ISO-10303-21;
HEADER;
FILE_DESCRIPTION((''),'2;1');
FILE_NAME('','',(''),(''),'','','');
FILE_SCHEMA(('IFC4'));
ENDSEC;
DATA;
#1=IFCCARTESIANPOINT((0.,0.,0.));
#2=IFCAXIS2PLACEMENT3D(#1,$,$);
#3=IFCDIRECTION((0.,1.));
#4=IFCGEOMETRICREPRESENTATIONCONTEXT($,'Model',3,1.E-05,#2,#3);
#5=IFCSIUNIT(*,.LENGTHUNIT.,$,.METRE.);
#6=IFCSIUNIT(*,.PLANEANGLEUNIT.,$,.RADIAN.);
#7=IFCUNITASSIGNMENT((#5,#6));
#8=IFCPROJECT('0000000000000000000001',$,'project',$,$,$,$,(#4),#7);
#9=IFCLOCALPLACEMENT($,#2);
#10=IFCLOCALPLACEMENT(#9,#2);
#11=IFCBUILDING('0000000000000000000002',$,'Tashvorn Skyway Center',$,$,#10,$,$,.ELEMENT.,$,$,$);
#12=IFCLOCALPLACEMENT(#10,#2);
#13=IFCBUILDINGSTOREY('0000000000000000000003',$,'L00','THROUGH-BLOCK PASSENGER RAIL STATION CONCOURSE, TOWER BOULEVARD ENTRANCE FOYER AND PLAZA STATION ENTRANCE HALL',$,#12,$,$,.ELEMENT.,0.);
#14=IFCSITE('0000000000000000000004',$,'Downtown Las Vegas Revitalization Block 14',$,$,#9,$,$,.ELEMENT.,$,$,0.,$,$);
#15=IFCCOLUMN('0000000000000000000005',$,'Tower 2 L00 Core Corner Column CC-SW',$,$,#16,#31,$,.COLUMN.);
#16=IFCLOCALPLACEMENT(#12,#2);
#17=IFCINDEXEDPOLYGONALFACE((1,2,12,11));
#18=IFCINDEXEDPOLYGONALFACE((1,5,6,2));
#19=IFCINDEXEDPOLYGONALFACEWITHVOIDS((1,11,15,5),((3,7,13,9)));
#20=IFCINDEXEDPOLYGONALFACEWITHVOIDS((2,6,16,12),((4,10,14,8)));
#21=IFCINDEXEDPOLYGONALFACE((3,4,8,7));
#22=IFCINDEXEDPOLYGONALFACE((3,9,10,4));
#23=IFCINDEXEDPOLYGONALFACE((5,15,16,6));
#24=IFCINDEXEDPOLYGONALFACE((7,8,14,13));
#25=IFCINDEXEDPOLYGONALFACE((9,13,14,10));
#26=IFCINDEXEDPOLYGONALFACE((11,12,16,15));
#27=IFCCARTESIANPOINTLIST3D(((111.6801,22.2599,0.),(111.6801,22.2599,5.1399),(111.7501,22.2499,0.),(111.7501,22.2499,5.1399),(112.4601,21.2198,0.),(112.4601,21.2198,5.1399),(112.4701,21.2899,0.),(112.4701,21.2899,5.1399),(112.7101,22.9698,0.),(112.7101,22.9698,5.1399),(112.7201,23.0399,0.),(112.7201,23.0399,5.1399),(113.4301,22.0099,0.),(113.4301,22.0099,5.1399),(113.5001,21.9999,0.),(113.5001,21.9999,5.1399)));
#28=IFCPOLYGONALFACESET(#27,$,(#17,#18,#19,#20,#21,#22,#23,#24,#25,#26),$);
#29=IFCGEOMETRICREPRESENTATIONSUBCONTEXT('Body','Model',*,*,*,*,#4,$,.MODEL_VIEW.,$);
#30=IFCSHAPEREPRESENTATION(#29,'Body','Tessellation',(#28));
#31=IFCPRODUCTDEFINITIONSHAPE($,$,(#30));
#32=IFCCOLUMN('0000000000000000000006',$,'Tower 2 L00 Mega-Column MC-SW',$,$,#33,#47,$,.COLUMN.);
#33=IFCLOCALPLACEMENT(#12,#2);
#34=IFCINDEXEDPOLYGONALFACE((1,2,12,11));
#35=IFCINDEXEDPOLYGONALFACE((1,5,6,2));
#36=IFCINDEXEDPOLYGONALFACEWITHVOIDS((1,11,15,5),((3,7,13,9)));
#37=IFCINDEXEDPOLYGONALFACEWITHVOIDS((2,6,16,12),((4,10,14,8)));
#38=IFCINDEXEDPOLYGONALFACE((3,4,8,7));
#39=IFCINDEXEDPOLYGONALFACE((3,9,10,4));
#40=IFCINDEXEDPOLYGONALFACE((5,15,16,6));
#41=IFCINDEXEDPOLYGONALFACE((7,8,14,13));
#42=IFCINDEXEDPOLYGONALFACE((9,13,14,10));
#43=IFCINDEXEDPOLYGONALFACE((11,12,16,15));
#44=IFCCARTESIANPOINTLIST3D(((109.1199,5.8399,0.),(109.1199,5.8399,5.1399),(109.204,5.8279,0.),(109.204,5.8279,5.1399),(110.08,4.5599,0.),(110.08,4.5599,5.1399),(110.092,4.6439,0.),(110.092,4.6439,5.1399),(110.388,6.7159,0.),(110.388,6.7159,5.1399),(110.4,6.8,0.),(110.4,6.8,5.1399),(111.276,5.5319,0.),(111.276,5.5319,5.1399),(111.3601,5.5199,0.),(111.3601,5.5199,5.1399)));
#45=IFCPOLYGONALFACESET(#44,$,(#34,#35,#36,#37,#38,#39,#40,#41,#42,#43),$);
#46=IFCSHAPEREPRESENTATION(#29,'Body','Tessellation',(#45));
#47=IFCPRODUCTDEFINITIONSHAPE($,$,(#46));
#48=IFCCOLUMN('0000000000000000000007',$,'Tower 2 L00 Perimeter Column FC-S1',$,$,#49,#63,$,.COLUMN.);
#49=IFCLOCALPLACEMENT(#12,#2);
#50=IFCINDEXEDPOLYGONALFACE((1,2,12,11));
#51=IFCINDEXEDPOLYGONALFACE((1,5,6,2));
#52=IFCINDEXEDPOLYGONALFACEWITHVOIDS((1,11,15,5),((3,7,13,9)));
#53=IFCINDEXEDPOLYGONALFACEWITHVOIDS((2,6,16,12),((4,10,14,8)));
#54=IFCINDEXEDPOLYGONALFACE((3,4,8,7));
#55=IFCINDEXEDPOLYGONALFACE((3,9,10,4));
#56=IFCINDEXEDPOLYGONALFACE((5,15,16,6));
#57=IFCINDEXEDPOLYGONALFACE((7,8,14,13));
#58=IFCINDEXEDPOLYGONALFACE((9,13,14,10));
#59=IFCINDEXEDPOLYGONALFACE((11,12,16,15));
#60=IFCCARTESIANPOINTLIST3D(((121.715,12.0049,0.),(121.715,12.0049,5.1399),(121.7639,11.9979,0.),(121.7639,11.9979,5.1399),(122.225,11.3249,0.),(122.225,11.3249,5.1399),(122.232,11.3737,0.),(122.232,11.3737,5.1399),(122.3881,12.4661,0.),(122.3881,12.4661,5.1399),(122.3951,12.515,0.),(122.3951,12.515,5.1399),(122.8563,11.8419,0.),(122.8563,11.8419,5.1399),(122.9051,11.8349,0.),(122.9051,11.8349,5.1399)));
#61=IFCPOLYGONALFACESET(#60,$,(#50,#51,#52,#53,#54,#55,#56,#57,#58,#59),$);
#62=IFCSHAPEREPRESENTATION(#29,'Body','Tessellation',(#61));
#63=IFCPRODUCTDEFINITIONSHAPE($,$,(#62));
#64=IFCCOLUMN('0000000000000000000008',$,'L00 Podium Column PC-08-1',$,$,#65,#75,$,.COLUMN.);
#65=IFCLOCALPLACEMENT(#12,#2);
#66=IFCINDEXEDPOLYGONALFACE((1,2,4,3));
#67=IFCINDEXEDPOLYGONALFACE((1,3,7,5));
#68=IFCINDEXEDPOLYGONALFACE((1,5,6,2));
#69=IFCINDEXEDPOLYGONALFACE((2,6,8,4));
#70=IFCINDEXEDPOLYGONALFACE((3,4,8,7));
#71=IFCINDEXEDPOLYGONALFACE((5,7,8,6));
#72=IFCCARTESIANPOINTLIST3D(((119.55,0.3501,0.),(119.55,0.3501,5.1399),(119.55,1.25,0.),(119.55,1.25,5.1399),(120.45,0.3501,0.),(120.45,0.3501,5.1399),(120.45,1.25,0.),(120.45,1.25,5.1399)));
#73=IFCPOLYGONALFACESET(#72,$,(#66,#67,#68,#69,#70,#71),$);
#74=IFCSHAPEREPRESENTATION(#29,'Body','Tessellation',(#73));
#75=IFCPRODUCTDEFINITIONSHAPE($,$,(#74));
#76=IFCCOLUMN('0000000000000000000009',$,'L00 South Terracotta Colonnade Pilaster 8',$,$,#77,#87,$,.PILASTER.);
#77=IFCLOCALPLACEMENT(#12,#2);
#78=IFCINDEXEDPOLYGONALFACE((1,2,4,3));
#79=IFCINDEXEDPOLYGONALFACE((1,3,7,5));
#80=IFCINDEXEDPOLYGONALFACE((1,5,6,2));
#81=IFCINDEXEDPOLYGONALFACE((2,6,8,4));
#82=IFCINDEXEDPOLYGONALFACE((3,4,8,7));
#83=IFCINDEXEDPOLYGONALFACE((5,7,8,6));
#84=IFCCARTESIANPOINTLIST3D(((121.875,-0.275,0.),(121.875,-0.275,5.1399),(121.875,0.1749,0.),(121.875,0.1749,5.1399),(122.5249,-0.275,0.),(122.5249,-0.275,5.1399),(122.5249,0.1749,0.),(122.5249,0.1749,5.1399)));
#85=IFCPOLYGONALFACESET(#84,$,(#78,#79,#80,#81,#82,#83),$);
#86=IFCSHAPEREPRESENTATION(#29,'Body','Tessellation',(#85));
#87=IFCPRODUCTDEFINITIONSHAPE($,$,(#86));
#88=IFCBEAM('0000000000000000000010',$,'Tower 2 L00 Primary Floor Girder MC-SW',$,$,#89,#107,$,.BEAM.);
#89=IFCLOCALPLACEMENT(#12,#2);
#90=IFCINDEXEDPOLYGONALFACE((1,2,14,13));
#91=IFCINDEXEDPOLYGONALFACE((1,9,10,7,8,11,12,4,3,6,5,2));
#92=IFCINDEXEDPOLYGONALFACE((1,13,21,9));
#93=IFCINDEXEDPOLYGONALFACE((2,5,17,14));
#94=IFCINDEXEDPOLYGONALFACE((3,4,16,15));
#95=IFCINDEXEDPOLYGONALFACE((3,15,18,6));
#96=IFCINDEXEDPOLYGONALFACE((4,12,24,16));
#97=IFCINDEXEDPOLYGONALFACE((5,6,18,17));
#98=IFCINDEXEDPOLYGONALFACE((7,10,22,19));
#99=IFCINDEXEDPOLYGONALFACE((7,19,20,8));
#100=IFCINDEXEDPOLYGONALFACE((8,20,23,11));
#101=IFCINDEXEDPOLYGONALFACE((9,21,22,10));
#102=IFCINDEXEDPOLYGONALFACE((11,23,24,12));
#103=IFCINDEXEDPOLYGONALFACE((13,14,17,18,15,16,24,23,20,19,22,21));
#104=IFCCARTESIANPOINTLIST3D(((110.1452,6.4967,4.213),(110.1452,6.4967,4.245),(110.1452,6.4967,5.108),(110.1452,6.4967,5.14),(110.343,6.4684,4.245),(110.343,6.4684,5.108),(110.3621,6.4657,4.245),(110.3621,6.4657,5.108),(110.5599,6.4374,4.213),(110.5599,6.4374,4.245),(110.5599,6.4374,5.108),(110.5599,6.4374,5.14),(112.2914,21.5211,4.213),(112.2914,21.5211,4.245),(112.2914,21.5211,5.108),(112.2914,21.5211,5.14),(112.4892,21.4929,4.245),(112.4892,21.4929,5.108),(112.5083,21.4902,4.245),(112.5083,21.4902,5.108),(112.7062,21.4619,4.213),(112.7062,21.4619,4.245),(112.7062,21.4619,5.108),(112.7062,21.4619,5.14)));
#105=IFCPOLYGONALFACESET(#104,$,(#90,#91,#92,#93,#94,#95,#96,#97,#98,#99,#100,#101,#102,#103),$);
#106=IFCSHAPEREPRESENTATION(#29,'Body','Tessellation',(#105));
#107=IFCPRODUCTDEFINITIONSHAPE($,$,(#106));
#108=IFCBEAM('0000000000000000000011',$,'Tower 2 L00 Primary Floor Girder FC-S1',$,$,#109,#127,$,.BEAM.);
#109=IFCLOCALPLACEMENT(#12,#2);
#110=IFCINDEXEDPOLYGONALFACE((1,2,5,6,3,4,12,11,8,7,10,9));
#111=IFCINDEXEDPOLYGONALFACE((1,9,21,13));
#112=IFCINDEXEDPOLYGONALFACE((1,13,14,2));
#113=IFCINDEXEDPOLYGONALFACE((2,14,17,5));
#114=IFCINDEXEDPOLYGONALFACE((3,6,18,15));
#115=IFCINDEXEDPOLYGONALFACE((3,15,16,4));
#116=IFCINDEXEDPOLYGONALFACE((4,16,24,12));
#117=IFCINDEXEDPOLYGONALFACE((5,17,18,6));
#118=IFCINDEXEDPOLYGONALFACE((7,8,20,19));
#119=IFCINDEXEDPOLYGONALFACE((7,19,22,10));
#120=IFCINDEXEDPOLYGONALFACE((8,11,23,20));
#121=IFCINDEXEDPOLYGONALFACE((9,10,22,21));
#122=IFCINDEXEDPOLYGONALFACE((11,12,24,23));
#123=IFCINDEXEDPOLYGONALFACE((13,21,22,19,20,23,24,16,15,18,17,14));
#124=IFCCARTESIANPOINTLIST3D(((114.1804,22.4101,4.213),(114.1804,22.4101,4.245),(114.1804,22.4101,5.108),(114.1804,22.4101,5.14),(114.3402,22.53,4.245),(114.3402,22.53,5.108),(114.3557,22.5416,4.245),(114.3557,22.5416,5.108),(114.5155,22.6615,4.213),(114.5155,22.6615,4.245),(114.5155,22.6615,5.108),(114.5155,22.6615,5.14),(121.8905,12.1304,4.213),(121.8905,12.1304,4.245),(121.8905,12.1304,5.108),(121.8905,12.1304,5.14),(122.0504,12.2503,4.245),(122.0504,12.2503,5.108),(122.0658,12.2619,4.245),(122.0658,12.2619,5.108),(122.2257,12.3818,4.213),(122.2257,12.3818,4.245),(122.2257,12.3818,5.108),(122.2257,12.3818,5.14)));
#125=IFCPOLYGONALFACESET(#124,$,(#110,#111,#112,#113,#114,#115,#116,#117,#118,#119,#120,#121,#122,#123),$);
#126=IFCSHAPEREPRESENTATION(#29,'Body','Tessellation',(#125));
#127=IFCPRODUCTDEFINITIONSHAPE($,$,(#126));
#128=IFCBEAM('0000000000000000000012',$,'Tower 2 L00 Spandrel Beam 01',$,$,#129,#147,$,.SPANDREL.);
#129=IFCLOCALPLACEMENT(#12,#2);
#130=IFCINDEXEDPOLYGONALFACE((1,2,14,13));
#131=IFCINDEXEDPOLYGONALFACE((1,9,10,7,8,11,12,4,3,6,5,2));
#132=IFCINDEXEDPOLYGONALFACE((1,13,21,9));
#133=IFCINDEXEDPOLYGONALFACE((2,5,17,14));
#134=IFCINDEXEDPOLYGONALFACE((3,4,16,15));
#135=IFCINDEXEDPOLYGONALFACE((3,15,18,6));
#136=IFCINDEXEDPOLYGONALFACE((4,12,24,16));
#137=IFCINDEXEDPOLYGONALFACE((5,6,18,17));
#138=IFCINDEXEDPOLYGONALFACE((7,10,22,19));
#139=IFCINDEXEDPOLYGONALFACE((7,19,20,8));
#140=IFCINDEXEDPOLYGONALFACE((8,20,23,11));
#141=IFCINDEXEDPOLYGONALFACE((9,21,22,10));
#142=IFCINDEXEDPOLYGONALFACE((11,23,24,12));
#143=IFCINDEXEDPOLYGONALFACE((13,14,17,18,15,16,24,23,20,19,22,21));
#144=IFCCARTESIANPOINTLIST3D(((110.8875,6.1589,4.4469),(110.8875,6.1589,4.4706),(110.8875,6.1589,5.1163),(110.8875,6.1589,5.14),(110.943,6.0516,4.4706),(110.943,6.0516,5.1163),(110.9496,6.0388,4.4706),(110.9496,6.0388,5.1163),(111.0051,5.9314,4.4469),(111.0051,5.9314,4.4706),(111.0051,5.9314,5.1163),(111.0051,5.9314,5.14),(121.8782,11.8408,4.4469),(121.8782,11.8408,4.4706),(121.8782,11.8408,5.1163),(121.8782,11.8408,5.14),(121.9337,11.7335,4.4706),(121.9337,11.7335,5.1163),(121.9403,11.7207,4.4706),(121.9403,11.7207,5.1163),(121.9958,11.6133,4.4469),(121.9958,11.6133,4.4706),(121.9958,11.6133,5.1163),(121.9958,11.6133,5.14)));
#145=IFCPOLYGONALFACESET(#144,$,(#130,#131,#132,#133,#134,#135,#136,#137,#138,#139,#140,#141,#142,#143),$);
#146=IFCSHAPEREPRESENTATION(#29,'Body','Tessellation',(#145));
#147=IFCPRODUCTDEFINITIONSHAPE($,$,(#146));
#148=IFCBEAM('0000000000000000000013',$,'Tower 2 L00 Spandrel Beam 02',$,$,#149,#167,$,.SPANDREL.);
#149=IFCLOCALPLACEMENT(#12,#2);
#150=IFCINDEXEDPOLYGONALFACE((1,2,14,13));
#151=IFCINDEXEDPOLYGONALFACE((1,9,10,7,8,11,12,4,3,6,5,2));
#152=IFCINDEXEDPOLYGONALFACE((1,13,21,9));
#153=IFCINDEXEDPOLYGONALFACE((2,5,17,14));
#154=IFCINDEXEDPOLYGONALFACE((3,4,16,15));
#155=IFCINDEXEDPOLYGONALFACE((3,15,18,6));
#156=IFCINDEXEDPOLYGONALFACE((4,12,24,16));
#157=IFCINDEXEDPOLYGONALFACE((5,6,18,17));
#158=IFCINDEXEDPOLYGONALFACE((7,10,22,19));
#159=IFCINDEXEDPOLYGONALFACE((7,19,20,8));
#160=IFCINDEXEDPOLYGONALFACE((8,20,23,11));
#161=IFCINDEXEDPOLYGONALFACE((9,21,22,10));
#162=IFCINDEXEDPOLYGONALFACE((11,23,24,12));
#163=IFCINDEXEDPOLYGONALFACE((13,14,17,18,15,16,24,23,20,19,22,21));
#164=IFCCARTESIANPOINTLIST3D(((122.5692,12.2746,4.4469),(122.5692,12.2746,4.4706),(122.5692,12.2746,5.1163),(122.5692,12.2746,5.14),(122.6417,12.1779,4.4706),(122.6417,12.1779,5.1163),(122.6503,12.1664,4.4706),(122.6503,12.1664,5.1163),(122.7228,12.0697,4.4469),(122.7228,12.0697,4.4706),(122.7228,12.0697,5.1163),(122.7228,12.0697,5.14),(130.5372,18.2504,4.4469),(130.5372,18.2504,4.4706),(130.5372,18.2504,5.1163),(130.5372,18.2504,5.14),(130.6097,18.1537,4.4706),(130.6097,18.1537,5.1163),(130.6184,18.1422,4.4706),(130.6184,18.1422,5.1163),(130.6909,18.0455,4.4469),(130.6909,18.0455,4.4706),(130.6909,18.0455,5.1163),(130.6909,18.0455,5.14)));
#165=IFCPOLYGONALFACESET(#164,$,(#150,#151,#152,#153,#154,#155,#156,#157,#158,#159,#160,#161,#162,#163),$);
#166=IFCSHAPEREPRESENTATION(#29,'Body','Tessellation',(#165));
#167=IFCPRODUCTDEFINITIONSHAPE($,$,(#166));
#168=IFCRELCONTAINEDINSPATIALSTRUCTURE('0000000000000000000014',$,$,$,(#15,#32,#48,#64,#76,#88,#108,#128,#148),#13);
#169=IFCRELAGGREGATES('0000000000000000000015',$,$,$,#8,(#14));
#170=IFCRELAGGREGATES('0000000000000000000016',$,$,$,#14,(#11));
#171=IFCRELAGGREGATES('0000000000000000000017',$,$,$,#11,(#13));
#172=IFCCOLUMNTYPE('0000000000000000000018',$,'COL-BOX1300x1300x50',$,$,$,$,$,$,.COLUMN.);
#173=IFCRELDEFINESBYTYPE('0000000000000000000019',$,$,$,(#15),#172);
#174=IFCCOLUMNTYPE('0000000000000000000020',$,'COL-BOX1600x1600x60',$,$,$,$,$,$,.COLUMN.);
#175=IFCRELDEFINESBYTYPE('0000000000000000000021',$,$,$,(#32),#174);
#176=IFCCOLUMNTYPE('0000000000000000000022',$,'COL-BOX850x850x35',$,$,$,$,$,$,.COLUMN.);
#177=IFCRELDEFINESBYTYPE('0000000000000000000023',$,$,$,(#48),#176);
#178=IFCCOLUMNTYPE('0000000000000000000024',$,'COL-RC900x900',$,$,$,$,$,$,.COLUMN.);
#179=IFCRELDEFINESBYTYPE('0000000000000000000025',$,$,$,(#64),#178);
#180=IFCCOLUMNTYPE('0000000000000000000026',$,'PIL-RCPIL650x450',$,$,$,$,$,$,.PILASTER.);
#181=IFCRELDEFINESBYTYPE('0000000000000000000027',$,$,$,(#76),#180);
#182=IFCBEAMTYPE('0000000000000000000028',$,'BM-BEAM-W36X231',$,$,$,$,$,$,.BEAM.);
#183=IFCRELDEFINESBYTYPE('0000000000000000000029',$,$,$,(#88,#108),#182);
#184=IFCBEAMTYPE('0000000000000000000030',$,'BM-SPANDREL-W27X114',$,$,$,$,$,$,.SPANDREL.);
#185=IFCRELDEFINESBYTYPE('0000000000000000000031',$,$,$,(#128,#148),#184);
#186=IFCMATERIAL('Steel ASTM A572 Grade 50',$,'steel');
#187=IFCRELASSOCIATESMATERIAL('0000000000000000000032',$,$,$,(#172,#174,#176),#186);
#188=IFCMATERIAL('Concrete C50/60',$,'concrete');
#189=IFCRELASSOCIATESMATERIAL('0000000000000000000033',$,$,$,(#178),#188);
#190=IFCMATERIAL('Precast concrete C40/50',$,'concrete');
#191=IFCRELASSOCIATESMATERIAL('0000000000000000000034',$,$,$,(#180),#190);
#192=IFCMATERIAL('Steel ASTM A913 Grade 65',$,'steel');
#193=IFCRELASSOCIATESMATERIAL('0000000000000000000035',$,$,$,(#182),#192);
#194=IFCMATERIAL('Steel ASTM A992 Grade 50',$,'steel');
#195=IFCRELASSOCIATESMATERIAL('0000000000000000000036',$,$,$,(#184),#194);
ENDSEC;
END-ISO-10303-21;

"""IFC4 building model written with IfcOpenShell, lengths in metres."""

from ifc_helpers import new_model, si_unit, direction, frame, origin, origin_2d, place, context, subcontext, project, spatial, rectangle, hollow_rectangle, i_section, extrude, material, material_profile, profile_set, type_object, element, save


model = new_model("IFC4")

# Units and contexts
model_context = context("Model", 3, precision=1e-05, world=origin(), true_north=direction((0.0, 1.0)))
body_context = subcontext(model_context, "Body", "Model", "MODEL_VIEW")
ifc_project = project(units=[si_unit("LENGTHUNIT", "METRE"), si_unit("PLANEANGLEUNIT", "RADIAN")], contexts=[model_context])

# Site, building, storey
site_placement = place(None, origin())
site = spatial("IfcSite", under=ifc_project, at=site_placement, Name="Downtown Las Vegas Revitalization Block 14", CompositionType="ELEMENT", RefElevation=0.0)
building_placement = place(site_placement, origin())
building = spatial("IfcBuilding", under=site, at=building_placement, Name="Tashvorn Skyway Center", CompositionType="ELEMENT")
storey_placement = place(building_placement, origin())
storey = spatial("IfcBuildingStorey", under=building, at=storey_placement, Name="L00", Description="THROUGH-BLOCK PASSENGER RAIL STATION CONCOURSE, TOWER BOULEVARD ENTRANCE FOYER AND PLAZA STATION ENTRANCE HALL", CompositionType="ELEMENT", Elevation=0.0)

# Columns
ifc_material_1 = material(Name="Steel ASTM A572 Grade 50", Category="steel")
ifc_material_profile_1 = material_profile(ifc_material_1, hollow_rectangle(XDim=1.3, YDim=1.3, WallThickness=0.05, at=origin_2d()), Name="BOX1300x1300x50")
ifc_profile_set_1 = profile_set([ifc_material_profile_1], Name="Steel ASTM A572 Grade 50")
column_type_1 = type_object("IfcColumnType", Name="COL-BOX1300x1300x50", PredefinedType="COLUMN", material=ifc_profile_set_1)
column_1_placement = place(storey_placement, frame((112.5901, 22.1299, 0.0), z_axis=(0.0, 0.0, 1.0), x_axis=(0.8, 0.6, 0.0)))
element("IfcColumn", 1, at=column_1_placement, inside=storey, type_object=column_type_1, Name="Tower 2 L00 Core Corner Column CC-SW", PredefinedType="COLUMN", context=body_context, shape_type="SweptSolid", body=[
    extrude(hollow_rectangle(XDim=1.3, YDim=1.3, WallThickness=0.05, at=origin_2d()), origin(), (0.0, 0.0, 1.0), 5.1399),
])
ifc_material_profile_2 = material_profile(ifc_material_1, hollow_rectangle(XDim=1.6001, YDim=1.6001, WallThickness=0.0601, at=origin_2d()), Name="BOX1600x1600x60")
ifc_profile_set_2 = profile_set([ifc_material_profile_2], Name="Steel ASTM A572 Grade 50")
column_type_2 = type_object("IfcColumnType", Name="COL-BOX1600x1600x60", PredefinedType="COLUMN", material=ifc_profile_set_2)
column_2_placement = place(storey_placement, frame((110.24, 5.6799, 0.0), z_axis=(0.0, 0.0, 1.0), x_axis=(0.8, 0.6, 0.0)))
element("IfcColumn", 2, at=column_2_placement, inside=storey, type_object=column_type_2, Name="Tower 2 L00 Mega-Column MC-SW", PredefinedType="COLUMN", context=body_context, shape_type="SweptSolid", body=[
    extrude(hollow_rectangle(XDim=1.6001, YDim=1.6001, WallThickness=0.0601, at=origin_2d()), origin(), (0.0, 0.0, 1.0), 5.1399),
])
ifc_material_profile_3 = material_profile(ifc_material_1, hollow_rectangle(XDim=0.8501, YDim=0.8501, WallThickness=0.0349, at=origin_2d()), Name="BOX850x850x35")
ifc_profile_set_3 = profile_set([ifc_material_profile_3], Name="Steel ASTM A572 Grade 50")
column_type_3 = type_object("IfcColumnType", Name="COL-BOX850x850x35", PredefinedType="COLUMN", material=ifc_profile_set_3)
column_3_placement = place(storey_placement, frame((122.3101, 11.9199, 0.0), z_axis=(0.0, 0.0, 1.0), x_axis=(0.8, 0.6, 0.0)))
element("IfcColumn", 3, at=column_3_placement, inside=storey, type_object=column_type_3, Name="Tower 2 L00 Perimeter Column FC-S1", PredefinedType="COLUMN", context=body_context, shape_type="SweptSolid", body=[
    extrude(hollow_rectangle(XDim=0.8501, YDim=0.8501, WallThickness=0.0349, at=origin_2d()), origin(), (0.0, 0.0, 1.0), 5.1399),
])
ifc_material_2 = material(Name="Concrete C50/60", Category="concrete")
ifc_material_profile_4 = material_profile(ifc_material_2, rectangle(XDim=0.8999, YDim=0.8999, at=origin_2d()), Name="RC900x900")
ifc_profile_set_4 = profile_set([ifc_material_profile_4], Name="Concrete C50/60")
column_type_4 = type_object("IfcColumnType", Name="COL-RC900x900", PredefinedType="COLUMN", material=ifc_profile_set_4)
column_4_placement = place(storey_placement, frame((120.0, 0.8, 0.0), z_axis=(0.0, 0.0, 1.0), x_axis=(1.0, 0.0, 0.0)))
element("IfcColumn", 4, at=column_4_placement, inside=storey, type_object=column_type_4, Name="L00 Podium Column PC-08-1", PredefinedType="COLUMN", context=body_context, shape_type="SweptSolid", body=[
    extrude(rectangle(XDim=0.8999, YDim=0.8999, at=origin_2d()), origin(), (0.0, 0.0, 1.0), 5.1399),
])
ifc_material_3 = material(Name="Precast concrete C40/50", Category="concrete")
ifc_material_profile_5 = material_profile(ifc_material_3, rectangle(XDim=0.6499, YDim=0.45, at=origin_2d()), Name="RCPIL650x450")
ifc_profile_set_5 = profile_set([ifc_material_profile_5], Name="Precast concrete C40/50")
column_type_5 = type_object("IfcColumnType", Name="PIL-RCPIL650x450", PredefinedType="PILASTER", material=ifc_profile_set_5)
column_5_placement = place(storey_placement, frame((122.2, -0.05, 0.0), z_axis=(0.0, 0.0, 1.0), x_axis=(1.0, 0.0, 0.0)))
element("IfcColumn", 5, at=column_5_placement, inside=storey, type_object=column_type_5, Name="L00 South Terracotta Colonnade Pilaster 8", PredefinedType="PILASTER", context=body_context, shape_type="SweptSolid", body=[
    extrude(rectangle(XDim=0.6499, YDim=0.45, at=origin_2d()), origin(), (0.0, 0.0, 1.0), 5.1399),
])

# Beams
ifc_material_4 = material(Name="Steel ASTM A913 Grade 65", Category="steel")
ifc_material_profile_6 = material_profile(ifc_material_4, i_section(OverallWidth=0.4189, OverallDepth=0.927, WebThickness=0.0193, FlangeThickness=0.032, at=origin_2d()), Name="W36X231")
ifc_profile_set_6 = profile_set([ifc_material_profile_6], Name="Steel ASTM A913 Grade 65")
beam_type_1 = type_object("IfcBeamType", Name="BM-BEAM-W36X231", PredefinedType="BEAM", material=ifc_profile_set_6)
beam_1_placement = place(storey_placement, frame((110.3525, 6.467, 4.6765), z_axis=(0.141415, 0.98995, 0.0), x_axis=(-0.98995, 0.141415, 0.0)))
element("IfcBeam", 6, at=beam_1_placement, inside=storey, type_object=beam_type_1, Name="Tower 2 L00 Primary Floor Girder MC-SW", PredefinedType="BEAM", context=body_context, shape_type="SweptSolid", body=[
    extrude(i_section(OverallWidth=0.4189, OverallDepth=0.927, WebThickness=0.0193, FlangeThickness=0.032, at=origin_2d()), origin(), (0.0, 0.0, 1.0), 15.177),
])
beam_2_placement = place(storey_placement, frame((122.0581, 12.2561, 4.6765), z_axis=(-0.600018, 0.799986, 0.0), x_axis=(-0.799986, -0.600018, 0.0)))
element("IfcBeam", 7, at=beam_2_placement, inside=storey, type_object=beam_type_1, Name="Tower 2 L00 Primary Floor Girder FC-S1", PredefinedType="BEAM", context=body_context, shape_type="SweptSolid", body=[
    extrude(i_section(OverallWidth=0.4189, OverallDepth=0.927, WebThickness=0.0193, FlangeThickness=0.032, at=origin_2d()), origin(), (0.0, 0.0, 1.0), 12.8499),
])
ifc_material_5 = material(Name="Steel ASTM A992 Grade 50", Category="steel")
ifc_material_profile_7 = material_profile(ifc_material_5, i_section(OverallWidth=0.2561, OverallDepth=0.6931, WebThickness=0.0144, FlangeThickness=0.0237, at=origin_2d()), Name="W27X114")
ifc_profile_set_7 = profile_set([ifc_material_profile_7], Name="Steel ASTM A992 Grade 50")
beam_type_2 = type_object("IfcBeamType", Name="BM-SPANDREL-W27X114", PredefinedType="SPANDREL", material=ifc_profile_set_7)
beam_3_placement = place(storey_placement, frame((110.9463, 6.0452, 4.7935), z_axis=(0.888316, 0.459233, 0.0), x_axis=(-0.459233, 0.888316, 0.0)))
element("IfcBeam", 8, at=beam_3_placement, inside=storey, type_object=beam_type_2, Name="Tower 2 L00 Spandrel Beam 01", PredefinedType="SPANDREL", context=body_context, shape_type="SweptSolid", body=[
    extrude(i_section(OverallWidth=0.2561, OverallDepth=0.6931, WebThickness=0.0144, FlangeThickness=0.0237, at=origin_2d()), origin(), (0.0, 0.0, 1.0), 12.3726),
])
beam_4_placement = place(storey_placement, frame((122.646, 12.1721, 4.7935), z_axis=(0.800009, 0.599988, 0.0), x_axis=(-0.599988, 0.800009, 0.0)))
element("IfcBeam", 9, at=beam_4_placement, inside=storey, type_object=beam_type_2, Name="Tower 2 L00 Spandrel Beam 02", PredefinedType="SPANDREL", context=body_context, shape_type="SweptSolid", body=[
    extrude(i_section(OverallWidth=0.2561, OverallDepth=0.6931, WebThickness=0.0144, FlangeThickness=0.0237, at=origin_2d()), origin(), (0.0, 0.0, 1.0), 9.96),
])

save(model, "model.ifc")
